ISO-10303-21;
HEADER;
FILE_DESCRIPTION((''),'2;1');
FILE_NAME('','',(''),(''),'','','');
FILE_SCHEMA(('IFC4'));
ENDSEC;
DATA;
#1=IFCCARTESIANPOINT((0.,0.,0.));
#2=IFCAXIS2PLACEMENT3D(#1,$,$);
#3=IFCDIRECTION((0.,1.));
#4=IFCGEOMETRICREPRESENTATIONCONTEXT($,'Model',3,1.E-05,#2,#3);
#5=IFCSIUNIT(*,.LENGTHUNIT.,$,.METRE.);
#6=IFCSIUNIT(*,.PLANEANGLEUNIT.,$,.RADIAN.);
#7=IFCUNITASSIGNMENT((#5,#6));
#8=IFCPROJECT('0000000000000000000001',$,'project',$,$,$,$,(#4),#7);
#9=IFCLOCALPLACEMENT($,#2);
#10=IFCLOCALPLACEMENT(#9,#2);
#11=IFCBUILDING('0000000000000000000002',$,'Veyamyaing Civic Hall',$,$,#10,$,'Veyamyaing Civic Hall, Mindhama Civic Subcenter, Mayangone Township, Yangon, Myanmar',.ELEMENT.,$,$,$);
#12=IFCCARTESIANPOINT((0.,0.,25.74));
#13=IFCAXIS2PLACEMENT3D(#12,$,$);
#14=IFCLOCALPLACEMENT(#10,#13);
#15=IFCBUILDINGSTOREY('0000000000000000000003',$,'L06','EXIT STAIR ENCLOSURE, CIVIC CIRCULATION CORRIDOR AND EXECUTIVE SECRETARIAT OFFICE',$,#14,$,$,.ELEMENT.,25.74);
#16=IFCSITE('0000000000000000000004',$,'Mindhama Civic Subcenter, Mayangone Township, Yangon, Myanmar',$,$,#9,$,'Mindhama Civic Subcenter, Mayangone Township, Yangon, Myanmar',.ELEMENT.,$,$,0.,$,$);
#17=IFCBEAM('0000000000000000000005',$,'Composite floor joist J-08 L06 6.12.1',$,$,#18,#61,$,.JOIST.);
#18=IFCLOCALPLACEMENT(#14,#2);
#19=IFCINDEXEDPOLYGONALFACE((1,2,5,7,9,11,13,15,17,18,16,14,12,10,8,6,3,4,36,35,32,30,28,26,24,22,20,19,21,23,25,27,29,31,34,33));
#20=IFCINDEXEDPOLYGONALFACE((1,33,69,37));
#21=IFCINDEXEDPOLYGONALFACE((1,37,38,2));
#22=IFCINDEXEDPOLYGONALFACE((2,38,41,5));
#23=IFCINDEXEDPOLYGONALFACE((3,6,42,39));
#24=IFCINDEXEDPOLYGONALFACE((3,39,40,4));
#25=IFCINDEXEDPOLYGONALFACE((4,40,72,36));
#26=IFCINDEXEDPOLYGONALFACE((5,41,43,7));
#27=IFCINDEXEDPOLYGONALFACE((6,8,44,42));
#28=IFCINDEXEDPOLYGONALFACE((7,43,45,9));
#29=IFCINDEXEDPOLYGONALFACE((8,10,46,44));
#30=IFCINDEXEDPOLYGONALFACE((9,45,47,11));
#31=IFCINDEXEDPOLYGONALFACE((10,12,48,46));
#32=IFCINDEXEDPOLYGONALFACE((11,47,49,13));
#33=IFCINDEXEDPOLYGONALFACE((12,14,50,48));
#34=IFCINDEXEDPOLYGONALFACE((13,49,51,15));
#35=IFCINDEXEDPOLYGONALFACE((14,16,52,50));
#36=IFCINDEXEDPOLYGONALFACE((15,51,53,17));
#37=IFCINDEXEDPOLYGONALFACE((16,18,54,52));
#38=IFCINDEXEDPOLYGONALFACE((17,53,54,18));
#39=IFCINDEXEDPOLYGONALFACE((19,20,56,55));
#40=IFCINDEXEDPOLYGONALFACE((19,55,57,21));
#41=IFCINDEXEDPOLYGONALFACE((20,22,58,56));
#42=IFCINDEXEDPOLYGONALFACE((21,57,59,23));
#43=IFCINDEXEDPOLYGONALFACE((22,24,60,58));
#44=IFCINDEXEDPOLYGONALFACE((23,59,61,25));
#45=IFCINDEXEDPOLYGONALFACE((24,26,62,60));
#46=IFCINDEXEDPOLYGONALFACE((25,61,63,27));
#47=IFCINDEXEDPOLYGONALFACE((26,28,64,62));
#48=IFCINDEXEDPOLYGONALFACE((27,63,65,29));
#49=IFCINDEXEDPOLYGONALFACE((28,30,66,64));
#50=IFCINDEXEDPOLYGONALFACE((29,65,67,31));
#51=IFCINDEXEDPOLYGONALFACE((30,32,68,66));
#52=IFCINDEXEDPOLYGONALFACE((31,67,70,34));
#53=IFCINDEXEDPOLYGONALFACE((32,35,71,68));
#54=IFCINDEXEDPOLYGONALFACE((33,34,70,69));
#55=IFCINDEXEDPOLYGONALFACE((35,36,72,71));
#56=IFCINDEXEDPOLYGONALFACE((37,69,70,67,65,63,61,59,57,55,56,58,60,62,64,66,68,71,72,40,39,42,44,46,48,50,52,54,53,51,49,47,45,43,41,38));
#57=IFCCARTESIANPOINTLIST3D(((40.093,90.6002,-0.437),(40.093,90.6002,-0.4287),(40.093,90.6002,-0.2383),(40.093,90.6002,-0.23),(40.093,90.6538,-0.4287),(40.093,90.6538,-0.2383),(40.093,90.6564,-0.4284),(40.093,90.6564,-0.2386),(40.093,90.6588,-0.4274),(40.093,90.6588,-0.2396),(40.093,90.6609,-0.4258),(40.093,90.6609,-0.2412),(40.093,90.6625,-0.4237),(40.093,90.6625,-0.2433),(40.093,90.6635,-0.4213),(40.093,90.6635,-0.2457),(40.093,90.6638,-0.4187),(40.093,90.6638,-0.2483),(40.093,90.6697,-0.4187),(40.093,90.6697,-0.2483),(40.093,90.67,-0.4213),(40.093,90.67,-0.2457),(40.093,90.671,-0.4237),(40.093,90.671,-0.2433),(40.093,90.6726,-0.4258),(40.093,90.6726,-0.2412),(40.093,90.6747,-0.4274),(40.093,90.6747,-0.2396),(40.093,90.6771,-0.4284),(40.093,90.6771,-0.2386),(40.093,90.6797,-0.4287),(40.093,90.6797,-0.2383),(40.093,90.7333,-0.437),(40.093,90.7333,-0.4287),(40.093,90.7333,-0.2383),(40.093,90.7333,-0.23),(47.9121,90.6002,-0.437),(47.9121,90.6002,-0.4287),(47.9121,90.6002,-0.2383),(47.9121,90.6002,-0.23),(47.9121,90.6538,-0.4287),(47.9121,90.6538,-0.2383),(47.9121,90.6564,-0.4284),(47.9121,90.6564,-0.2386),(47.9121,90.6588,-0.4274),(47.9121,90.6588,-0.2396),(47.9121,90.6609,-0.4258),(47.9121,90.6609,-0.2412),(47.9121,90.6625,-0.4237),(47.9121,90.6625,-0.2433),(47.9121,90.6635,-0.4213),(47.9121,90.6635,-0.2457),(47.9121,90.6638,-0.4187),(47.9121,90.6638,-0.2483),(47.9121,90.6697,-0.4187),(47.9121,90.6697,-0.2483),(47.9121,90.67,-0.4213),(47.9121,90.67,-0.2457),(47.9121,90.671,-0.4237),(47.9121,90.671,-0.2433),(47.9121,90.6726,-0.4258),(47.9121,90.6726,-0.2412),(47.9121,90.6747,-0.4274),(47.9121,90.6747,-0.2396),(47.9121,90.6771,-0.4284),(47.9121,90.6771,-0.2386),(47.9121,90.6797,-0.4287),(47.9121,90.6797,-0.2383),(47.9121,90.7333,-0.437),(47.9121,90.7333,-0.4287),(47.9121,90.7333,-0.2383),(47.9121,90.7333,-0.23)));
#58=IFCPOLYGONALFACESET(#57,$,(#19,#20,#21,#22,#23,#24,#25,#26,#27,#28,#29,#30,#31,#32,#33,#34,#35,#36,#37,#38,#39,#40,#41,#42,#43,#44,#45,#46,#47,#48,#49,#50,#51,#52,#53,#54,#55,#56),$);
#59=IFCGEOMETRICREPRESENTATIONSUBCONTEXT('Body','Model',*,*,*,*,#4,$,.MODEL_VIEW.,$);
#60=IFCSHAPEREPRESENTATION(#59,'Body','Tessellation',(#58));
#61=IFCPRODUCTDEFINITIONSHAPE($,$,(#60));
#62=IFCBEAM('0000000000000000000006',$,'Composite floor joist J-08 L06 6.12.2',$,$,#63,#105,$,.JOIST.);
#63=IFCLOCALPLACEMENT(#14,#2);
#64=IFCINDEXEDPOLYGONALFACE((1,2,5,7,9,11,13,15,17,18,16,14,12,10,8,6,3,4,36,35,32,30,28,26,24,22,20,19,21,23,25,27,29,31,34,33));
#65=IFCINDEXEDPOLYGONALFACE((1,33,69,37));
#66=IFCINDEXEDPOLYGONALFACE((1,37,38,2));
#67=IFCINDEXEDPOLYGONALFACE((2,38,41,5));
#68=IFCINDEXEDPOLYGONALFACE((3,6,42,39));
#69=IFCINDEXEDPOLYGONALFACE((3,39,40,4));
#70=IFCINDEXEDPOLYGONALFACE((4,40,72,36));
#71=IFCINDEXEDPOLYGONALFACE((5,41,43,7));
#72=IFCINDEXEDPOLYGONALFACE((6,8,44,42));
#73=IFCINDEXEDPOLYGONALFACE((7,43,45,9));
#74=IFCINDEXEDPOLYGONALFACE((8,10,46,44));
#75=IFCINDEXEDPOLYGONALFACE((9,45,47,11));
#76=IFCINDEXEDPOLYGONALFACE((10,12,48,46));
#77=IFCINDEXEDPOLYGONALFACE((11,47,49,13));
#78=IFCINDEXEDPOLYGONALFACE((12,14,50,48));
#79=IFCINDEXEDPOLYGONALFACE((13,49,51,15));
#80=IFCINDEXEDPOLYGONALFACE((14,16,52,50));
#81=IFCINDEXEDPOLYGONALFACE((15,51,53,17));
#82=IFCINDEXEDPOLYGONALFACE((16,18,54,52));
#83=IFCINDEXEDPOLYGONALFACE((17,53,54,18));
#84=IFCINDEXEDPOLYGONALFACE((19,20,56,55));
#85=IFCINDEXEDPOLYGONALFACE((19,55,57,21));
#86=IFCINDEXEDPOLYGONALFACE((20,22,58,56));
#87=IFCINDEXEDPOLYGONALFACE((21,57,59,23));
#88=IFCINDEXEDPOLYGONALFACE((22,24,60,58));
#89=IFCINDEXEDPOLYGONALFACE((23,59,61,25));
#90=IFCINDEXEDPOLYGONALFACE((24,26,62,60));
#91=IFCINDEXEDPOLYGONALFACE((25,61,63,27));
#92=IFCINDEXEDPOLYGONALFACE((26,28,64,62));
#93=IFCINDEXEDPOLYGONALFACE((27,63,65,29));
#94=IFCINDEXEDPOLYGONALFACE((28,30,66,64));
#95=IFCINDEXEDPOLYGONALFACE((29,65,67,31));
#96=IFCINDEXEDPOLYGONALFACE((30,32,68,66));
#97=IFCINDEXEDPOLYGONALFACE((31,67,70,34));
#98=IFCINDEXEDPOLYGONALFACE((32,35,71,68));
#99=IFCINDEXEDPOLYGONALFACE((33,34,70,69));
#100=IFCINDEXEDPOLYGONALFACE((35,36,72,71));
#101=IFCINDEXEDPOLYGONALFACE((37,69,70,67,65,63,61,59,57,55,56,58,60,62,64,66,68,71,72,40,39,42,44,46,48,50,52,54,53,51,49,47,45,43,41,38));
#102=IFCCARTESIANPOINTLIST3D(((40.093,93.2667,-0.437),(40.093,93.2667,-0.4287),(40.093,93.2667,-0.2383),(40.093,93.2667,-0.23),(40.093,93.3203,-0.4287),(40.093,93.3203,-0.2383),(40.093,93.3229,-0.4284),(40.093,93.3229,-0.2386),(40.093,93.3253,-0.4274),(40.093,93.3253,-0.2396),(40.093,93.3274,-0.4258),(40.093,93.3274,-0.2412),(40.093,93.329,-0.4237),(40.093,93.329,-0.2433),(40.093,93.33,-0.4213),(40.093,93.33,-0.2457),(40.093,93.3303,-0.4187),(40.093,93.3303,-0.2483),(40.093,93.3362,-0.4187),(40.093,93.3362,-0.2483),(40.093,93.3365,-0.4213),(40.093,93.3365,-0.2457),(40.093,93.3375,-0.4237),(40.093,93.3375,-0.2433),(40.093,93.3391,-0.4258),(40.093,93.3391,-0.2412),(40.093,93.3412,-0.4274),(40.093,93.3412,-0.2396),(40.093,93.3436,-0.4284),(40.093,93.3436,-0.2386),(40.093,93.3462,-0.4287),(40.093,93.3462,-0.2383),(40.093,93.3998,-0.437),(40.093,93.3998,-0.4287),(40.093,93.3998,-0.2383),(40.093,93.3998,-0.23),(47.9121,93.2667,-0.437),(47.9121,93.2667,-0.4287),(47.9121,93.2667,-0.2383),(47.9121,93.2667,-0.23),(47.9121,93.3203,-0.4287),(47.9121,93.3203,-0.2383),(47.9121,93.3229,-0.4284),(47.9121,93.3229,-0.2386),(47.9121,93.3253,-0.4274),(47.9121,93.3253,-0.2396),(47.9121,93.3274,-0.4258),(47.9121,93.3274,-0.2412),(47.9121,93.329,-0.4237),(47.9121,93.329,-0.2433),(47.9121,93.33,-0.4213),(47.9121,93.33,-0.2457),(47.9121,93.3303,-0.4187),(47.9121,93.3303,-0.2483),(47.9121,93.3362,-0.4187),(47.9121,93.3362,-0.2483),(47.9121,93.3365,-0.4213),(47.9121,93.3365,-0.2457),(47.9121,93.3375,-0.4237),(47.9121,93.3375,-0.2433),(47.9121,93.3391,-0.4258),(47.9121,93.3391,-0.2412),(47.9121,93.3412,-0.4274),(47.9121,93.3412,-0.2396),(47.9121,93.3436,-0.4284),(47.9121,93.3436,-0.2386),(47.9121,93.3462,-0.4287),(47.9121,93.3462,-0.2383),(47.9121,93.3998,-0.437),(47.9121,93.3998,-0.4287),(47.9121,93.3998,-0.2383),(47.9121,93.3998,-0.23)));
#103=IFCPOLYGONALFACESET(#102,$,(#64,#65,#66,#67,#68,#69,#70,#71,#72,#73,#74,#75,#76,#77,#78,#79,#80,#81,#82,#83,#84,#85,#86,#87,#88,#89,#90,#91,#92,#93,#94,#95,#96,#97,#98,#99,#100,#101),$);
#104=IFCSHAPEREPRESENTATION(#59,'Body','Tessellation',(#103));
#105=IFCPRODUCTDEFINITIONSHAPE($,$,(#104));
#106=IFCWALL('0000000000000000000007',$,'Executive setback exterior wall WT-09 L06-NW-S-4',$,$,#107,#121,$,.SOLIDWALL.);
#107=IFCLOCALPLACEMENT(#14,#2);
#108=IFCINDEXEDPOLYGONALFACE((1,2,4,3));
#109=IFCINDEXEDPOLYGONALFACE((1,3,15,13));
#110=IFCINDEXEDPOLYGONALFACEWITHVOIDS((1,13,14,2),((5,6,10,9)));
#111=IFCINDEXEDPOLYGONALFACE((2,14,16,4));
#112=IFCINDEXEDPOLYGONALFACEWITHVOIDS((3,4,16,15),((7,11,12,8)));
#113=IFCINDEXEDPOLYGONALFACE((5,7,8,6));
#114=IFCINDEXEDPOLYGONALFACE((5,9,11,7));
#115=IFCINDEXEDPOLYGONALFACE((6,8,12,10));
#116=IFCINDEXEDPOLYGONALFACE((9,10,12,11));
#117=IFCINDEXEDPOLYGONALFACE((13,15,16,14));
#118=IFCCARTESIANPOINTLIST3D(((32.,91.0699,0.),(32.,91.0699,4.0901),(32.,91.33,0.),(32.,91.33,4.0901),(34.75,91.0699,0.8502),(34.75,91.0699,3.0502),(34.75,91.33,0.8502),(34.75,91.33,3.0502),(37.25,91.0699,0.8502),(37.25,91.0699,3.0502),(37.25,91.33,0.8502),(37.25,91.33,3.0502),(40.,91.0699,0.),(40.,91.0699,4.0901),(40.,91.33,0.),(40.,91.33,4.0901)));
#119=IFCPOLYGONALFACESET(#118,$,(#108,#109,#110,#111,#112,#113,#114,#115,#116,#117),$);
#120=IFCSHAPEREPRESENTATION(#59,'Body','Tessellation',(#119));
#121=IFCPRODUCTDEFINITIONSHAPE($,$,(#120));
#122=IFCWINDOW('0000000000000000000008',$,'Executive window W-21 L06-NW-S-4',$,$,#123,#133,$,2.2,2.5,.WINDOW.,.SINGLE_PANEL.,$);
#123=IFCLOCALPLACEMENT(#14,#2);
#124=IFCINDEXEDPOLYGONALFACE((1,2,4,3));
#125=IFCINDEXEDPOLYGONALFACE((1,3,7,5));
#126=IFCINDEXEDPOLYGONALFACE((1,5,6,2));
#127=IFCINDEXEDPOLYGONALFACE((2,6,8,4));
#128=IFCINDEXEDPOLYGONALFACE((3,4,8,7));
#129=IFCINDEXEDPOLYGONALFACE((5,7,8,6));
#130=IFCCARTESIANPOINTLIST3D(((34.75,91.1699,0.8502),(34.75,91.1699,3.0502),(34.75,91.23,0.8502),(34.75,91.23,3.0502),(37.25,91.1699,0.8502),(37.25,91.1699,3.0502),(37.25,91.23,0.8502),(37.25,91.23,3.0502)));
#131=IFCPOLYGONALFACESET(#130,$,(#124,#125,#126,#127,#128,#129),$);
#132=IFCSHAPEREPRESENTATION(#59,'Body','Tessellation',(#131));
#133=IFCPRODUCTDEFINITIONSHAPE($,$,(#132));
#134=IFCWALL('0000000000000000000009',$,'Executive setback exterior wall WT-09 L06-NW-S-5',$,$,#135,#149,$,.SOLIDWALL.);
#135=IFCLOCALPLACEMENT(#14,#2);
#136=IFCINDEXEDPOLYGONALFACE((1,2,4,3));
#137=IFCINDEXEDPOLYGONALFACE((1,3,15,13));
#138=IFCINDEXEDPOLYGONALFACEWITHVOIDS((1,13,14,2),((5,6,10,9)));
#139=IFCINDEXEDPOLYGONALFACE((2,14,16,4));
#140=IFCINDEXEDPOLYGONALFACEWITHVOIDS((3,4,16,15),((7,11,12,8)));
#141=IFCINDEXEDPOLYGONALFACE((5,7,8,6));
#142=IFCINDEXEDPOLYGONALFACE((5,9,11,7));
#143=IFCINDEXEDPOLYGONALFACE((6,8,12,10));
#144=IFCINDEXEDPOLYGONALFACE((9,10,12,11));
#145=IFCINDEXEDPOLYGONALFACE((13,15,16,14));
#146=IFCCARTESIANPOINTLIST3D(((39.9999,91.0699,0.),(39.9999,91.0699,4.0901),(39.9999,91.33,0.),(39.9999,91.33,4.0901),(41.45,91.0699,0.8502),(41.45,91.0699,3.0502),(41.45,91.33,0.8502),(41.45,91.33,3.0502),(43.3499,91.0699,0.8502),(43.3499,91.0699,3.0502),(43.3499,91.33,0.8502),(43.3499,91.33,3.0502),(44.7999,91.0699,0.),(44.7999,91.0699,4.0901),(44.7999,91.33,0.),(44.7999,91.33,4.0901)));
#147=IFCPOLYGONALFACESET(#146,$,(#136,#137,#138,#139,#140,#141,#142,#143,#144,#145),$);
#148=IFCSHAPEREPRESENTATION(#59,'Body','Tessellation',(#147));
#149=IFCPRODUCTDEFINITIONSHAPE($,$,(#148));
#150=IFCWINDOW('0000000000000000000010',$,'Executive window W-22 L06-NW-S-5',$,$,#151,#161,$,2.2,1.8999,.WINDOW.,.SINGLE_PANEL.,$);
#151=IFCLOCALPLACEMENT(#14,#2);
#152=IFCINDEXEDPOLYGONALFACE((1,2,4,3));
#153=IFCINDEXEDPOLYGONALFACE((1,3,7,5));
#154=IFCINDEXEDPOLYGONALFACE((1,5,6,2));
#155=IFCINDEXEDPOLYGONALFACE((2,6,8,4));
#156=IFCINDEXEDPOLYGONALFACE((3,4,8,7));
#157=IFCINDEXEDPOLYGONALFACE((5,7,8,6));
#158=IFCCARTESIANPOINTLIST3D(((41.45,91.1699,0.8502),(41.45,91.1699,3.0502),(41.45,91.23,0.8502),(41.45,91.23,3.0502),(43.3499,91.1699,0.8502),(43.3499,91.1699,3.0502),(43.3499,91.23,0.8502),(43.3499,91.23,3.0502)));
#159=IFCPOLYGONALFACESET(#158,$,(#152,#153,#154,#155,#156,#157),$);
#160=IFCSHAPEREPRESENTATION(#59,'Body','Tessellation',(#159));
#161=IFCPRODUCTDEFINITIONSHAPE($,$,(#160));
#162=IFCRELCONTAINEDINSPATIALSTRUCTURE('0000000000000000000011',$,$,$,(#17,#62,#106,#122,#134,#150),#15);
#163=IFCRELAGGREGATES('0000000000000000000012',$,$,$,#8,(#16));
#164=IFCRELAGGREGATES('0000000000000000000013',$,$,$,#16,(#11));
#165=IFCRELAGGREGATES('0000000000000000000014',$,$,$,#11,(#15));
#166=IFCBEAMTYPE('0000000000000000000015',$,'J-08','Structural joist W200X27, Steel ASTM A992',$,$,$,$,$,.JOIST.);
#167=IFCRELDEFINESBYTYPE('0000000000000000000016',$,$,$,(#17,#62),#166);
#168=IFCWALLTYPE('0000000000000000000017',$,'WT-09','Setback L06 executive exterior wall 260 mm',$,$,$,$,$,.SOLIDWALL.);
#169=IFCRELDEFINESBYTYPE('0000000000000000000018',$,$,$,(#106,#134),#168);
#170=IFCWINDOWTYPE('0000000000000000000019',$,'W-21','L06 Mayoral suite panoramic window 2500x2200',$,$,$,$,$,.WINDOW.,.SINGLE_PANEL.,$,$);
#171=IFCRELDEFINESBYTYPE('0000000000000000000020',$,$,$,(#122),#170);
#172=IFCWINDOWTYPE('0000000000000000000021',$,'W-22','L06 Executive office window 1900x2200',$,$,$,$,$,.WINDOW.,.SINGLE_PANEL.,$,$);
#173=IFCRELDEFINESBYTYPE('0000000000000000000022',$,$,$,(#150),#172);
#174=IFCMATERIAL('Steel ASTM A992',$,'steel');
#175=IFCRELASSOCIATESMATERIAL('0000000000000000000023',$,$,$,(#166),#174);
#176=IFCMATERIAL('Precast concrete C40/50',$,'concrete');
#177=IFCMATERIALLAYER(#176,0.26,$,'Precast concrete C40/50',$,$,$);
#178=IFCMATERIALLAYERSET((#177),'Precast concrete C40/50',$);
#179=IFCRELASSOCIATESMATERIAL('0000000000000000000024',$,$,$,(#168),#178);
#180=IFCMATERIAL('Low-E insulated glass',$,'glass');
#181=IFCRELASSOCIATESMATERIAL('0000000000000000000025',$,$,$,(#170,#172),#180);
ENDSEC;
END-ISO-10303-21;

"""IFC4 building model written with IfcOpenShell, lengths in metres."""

from ifc_helpers import new_model, si_unit, direction, frame, frame_2d, origin, origin_2d, place, context, subcontext, project, spatial, rectangle, i_section, extrude, material, layer, layer_set, material_profile, profile_set, type_object, element, fill, save


model = new_model("IFC4")

# Units and contexts
model_context = context("Model", 3, precision=1e-05, world=origin(), true_north=direction((0.0, 1.0)))
body_context = subcontext(model_context, "Body", "Model", "MODEL_VIEW")
ifc_project = project(units=[si_unit("LENGTHUNIT", "METRE"), si_unit("PLANEANGLEUNIT", "RADIAN")], contexts=[model_context])

# Site, building, storey
site_placement = place(None, origin())
site = spatial("IfcSite", under=ifc_project, at=site_placement, Name="Mindhama Civic Subcenter, Mayangone Township, Yangon, Myanmar", LongName="Mindhama Civic Subcenter, Mayangone Township, Yangon, Myanmar", CompositionType="ELEMENT", RefElevation=0.0)
building_placement = place(site_placement, origin())
building = spatial("IfcBuilding", under=site, at=building_placement, Name="Veyamyaing Civic Hall", LongName="Veyamyaing Civic Hall, Mindhama Civic Subcenter, Mayangone Township, Yangon, Myanmar", CompositionType="ELEMENT")
storey_placement = place(building_placement, frame((0.0, 0.0, 25.74)))
storey = spatial("IfcBuildingStorey", under=building, at=storey_placement, Name="L06", Description="EXIT STAIR ENCLOSURE, CIVIC CIRCULATION CORRIDOR AND EXECUTIVE SECRETARIAT OFFICE", CompositionType="ELEMENT", Elevation=25.74)

# Beams
ifc_material_1 = material(Name="Steel ASTM A992", Category="steel")
ifc_material_profile_1 = material_profile(ifc_material_1, i_section(OverallWidth=0.1331, OverallDepth=0.207, WebThickness=0.0059, FlangeThickness=0.0083, FilletRadius=0.01, at=origin_2d()), Name="W200X27")
ifc_profile_set_1 = profile_set([ifc_material_profile_1], Name="Steel ASTM A992")
beam_type_1 = type_object("IfcBeamType", Name="J-08", Description="Structural joist W200X27, Steel ASTM A992", PredefinedType="JOIST", material=ifc_profile_set_1)
for number, where, z_axis, x_axis, name in (
    (1, (40.093, 90.6667, -0.3335), (1.0, 0.0, 0.0), (0.0, 1.0, 0.0), "Composite floor joist J-08 L06 6.12.1"),
    (2, (40.093, 93.3333, -0.3335), (1.0, 0.0, 0.0), (0.0, 1.0, 0.0), "Composite floor joist J-08 L06 6.12.2"),
):
    element("IfcBeam", number, at=place(storey_placement, frame(where, z_axis=z_axis, x_axis=x_axis)), inside=storey, type_object=beam_type_1, Name=name, PredefinedType="JOIST", context=body_context, shape_type="SweptSolid", body=[
        extrude(i_section(OverallWidth=0.1331, OverallDepth=0.207, WebThickness=0.0059, FlangeThickness=0.0083, FilletRadius=0.01, at=origin_2d()), origin(), (0.0, 0.0, 1.0), 7.8191),
    ])

# Walls, openings, windows
ifc_material_2 = material(Name="Precast concrete C40/50", Category="concrete")
ifc_layer_1 = layer(ifc_material_2, 0.26, Name="Precast concrete C40/50")
ifc_layer_set_1 = layer_set([ifc_layer_1], Name="Precast concrete C40/50")
wall_type_1 = type_object("IfcWallType", Name="WT-09", Description="Setback L06 executive exterior wall 260 mm", PredefinedType="SOLIDWALL", material=ifc_layer_set_1)
wall_1_placement = place(storey_placement, frame((32.0, 91.2, 0.0), z_axis=(0.0, 0.0, 1.0), x_axis=(1.0, 0.0, 0.0)))
wall_1 = element("IfcWall", 3, at=wall_1_placement, inside=storey, type_object=wall_type_1, Name="Executive setback exterior wall WT-09 L06-NW-S-4", PredefinedType="SOLIDWALL", context=body_context, shape_type="SweptSolid", body=[
    extrude(rectangle(XDim=8.0, YDim=0.26, at=frame_2d((4.0, 0.0))), origin(), (0.0, 0.0, 1.0), 4.0901),
])
opening_1_placement = place(wall_1_placement, frame((2.75, 0.0, 0.8501)))
opening_1 = element("IfcOpeningElement", 4, at=opening_1_placement, cuts=wall_1, PredefinedType="OPENING", context=body_context, shape_type="SweptSolid", body=[
    extrude(rectangle(XDim=2.5, YDim=2.2, at=frame_2d((1.25, 1.1001))), frame((0.0, 0.1399, 0.0), z_axis=(0.0, -1.0, 0.0), x_axis=(1.0, 0.0, 0.0)), (0.0, 0.0, 1.0), 0.28),
])
ifc_material_3 = material(Name="Low-E insulated glass", Category="glass")
window_type_1 = type_object("IfcWindowType", Name="W-21", Description="L06 Mayoral suite panoramic window 2500x2200", PartitioningType="SINGLE_PANEL", PredefinedType="WINDOW", material=ifc_material_3)
window_1_placement = place(opening_1_placement, origin())
window_1 = element("IfcWindow", 5, at=window_1_placement, inside=storey, type_object=window_type_1, Name="Executive window W-21 L06-NW-S-4", OverallHeight=2.2, OverallWidth=2.5, PartitioningType="SINGLE_PANEL", PredefinedType="WINDOW", context=body_context, shape_type="SweptSolid", body=[
    extrude(rectangle(XDim=2.5, YDim=2.2, at=frame_2d((1.25, 1.1001))), frame((0.0, 0.03, 0.0), z_axis=(0.0, -1.0, 0.0), x_axis=(1.0, 0.0, 0.0)), (0.0, 0.0, 1.0), 0.0601),
])
fill(opening_1, window_1)
wall_2_placement = place(storey_placement, frame((40.0, 91.2, 0.0), z_axis=(0.0, 0.0, 1.0), x_axis=(1.0, 0.0, 0.0)))
wall_2 = element("IfcWall", 6, at=wall_2_placement, inside=storey, type_object=wall_type_1, Name="Executive setback exterior wall WT-09 L06-NW-S-5", PredefinedType="SOLIDWALL", context=body_context, shape_type="SweptSolid", body=[
    extrude(rectangle(XDim=4.8, YDim=0.26, at=frame_2d((2.3999, 0.0))), origin(), (0.0, 0.0, 1.0), 4.0901),
])
opening_2_placement = place(wall_2_placement, frame((1.45, 0.0, 0.8501)))
opening_2 = element("IfcOpeningElement", 7, at=opening_2_placement, cuts=wall_2, PredefinedType="OPENING", context=body_context, shape_type="SweptSolid", body=[
    extrude(rectangle(XDim=1.8999, YDim=2.2, at=frame_2d((0.95, 1.1001))), frame((0.0, 0.1399, 0.0), z_axis=(0.0, -1.0, 0.0), x_axis=(1.0, 0.0, 0.0)), (0.0, 0.0, 1.0), 0.28),
])
window_type_2 = type_object("IfcWindowType", Name="W-22", Description="L06 Executive office window 1900x2200", PartitioningType="SINGLE_PANEL", PredefinedType="WINDOW", material=ifc_material_3)
window_2_placement = place(opening_2_placement, origin())
window_2 = element("IfcWindow", 8, at=window_2_placement, inside=storey, type_object=window_type_2, Name="Executive window W-22 L06-NW-S-5", OverallHeight=2.2, OverallWidth=1.8999, PartitioningType="SINGLE_PANEL", PredefinedType="WINDOW", context=body_context, shape_type="SweptSolid", body=[
    extrude(rectangle(XDim=1.8999, YDim=2.2, at=frame_2d((0.95, 1.1001))), frame((0.0, 0.03, 0.0), z_axis=(0.0, -1.0, 0.0), x_axis=(1.0, 0.0, 0.0)), (0.0, 0.0, 1.0), 0.0601),
])
fill(opening_2, window_2)

save(model, "model.ifc")
